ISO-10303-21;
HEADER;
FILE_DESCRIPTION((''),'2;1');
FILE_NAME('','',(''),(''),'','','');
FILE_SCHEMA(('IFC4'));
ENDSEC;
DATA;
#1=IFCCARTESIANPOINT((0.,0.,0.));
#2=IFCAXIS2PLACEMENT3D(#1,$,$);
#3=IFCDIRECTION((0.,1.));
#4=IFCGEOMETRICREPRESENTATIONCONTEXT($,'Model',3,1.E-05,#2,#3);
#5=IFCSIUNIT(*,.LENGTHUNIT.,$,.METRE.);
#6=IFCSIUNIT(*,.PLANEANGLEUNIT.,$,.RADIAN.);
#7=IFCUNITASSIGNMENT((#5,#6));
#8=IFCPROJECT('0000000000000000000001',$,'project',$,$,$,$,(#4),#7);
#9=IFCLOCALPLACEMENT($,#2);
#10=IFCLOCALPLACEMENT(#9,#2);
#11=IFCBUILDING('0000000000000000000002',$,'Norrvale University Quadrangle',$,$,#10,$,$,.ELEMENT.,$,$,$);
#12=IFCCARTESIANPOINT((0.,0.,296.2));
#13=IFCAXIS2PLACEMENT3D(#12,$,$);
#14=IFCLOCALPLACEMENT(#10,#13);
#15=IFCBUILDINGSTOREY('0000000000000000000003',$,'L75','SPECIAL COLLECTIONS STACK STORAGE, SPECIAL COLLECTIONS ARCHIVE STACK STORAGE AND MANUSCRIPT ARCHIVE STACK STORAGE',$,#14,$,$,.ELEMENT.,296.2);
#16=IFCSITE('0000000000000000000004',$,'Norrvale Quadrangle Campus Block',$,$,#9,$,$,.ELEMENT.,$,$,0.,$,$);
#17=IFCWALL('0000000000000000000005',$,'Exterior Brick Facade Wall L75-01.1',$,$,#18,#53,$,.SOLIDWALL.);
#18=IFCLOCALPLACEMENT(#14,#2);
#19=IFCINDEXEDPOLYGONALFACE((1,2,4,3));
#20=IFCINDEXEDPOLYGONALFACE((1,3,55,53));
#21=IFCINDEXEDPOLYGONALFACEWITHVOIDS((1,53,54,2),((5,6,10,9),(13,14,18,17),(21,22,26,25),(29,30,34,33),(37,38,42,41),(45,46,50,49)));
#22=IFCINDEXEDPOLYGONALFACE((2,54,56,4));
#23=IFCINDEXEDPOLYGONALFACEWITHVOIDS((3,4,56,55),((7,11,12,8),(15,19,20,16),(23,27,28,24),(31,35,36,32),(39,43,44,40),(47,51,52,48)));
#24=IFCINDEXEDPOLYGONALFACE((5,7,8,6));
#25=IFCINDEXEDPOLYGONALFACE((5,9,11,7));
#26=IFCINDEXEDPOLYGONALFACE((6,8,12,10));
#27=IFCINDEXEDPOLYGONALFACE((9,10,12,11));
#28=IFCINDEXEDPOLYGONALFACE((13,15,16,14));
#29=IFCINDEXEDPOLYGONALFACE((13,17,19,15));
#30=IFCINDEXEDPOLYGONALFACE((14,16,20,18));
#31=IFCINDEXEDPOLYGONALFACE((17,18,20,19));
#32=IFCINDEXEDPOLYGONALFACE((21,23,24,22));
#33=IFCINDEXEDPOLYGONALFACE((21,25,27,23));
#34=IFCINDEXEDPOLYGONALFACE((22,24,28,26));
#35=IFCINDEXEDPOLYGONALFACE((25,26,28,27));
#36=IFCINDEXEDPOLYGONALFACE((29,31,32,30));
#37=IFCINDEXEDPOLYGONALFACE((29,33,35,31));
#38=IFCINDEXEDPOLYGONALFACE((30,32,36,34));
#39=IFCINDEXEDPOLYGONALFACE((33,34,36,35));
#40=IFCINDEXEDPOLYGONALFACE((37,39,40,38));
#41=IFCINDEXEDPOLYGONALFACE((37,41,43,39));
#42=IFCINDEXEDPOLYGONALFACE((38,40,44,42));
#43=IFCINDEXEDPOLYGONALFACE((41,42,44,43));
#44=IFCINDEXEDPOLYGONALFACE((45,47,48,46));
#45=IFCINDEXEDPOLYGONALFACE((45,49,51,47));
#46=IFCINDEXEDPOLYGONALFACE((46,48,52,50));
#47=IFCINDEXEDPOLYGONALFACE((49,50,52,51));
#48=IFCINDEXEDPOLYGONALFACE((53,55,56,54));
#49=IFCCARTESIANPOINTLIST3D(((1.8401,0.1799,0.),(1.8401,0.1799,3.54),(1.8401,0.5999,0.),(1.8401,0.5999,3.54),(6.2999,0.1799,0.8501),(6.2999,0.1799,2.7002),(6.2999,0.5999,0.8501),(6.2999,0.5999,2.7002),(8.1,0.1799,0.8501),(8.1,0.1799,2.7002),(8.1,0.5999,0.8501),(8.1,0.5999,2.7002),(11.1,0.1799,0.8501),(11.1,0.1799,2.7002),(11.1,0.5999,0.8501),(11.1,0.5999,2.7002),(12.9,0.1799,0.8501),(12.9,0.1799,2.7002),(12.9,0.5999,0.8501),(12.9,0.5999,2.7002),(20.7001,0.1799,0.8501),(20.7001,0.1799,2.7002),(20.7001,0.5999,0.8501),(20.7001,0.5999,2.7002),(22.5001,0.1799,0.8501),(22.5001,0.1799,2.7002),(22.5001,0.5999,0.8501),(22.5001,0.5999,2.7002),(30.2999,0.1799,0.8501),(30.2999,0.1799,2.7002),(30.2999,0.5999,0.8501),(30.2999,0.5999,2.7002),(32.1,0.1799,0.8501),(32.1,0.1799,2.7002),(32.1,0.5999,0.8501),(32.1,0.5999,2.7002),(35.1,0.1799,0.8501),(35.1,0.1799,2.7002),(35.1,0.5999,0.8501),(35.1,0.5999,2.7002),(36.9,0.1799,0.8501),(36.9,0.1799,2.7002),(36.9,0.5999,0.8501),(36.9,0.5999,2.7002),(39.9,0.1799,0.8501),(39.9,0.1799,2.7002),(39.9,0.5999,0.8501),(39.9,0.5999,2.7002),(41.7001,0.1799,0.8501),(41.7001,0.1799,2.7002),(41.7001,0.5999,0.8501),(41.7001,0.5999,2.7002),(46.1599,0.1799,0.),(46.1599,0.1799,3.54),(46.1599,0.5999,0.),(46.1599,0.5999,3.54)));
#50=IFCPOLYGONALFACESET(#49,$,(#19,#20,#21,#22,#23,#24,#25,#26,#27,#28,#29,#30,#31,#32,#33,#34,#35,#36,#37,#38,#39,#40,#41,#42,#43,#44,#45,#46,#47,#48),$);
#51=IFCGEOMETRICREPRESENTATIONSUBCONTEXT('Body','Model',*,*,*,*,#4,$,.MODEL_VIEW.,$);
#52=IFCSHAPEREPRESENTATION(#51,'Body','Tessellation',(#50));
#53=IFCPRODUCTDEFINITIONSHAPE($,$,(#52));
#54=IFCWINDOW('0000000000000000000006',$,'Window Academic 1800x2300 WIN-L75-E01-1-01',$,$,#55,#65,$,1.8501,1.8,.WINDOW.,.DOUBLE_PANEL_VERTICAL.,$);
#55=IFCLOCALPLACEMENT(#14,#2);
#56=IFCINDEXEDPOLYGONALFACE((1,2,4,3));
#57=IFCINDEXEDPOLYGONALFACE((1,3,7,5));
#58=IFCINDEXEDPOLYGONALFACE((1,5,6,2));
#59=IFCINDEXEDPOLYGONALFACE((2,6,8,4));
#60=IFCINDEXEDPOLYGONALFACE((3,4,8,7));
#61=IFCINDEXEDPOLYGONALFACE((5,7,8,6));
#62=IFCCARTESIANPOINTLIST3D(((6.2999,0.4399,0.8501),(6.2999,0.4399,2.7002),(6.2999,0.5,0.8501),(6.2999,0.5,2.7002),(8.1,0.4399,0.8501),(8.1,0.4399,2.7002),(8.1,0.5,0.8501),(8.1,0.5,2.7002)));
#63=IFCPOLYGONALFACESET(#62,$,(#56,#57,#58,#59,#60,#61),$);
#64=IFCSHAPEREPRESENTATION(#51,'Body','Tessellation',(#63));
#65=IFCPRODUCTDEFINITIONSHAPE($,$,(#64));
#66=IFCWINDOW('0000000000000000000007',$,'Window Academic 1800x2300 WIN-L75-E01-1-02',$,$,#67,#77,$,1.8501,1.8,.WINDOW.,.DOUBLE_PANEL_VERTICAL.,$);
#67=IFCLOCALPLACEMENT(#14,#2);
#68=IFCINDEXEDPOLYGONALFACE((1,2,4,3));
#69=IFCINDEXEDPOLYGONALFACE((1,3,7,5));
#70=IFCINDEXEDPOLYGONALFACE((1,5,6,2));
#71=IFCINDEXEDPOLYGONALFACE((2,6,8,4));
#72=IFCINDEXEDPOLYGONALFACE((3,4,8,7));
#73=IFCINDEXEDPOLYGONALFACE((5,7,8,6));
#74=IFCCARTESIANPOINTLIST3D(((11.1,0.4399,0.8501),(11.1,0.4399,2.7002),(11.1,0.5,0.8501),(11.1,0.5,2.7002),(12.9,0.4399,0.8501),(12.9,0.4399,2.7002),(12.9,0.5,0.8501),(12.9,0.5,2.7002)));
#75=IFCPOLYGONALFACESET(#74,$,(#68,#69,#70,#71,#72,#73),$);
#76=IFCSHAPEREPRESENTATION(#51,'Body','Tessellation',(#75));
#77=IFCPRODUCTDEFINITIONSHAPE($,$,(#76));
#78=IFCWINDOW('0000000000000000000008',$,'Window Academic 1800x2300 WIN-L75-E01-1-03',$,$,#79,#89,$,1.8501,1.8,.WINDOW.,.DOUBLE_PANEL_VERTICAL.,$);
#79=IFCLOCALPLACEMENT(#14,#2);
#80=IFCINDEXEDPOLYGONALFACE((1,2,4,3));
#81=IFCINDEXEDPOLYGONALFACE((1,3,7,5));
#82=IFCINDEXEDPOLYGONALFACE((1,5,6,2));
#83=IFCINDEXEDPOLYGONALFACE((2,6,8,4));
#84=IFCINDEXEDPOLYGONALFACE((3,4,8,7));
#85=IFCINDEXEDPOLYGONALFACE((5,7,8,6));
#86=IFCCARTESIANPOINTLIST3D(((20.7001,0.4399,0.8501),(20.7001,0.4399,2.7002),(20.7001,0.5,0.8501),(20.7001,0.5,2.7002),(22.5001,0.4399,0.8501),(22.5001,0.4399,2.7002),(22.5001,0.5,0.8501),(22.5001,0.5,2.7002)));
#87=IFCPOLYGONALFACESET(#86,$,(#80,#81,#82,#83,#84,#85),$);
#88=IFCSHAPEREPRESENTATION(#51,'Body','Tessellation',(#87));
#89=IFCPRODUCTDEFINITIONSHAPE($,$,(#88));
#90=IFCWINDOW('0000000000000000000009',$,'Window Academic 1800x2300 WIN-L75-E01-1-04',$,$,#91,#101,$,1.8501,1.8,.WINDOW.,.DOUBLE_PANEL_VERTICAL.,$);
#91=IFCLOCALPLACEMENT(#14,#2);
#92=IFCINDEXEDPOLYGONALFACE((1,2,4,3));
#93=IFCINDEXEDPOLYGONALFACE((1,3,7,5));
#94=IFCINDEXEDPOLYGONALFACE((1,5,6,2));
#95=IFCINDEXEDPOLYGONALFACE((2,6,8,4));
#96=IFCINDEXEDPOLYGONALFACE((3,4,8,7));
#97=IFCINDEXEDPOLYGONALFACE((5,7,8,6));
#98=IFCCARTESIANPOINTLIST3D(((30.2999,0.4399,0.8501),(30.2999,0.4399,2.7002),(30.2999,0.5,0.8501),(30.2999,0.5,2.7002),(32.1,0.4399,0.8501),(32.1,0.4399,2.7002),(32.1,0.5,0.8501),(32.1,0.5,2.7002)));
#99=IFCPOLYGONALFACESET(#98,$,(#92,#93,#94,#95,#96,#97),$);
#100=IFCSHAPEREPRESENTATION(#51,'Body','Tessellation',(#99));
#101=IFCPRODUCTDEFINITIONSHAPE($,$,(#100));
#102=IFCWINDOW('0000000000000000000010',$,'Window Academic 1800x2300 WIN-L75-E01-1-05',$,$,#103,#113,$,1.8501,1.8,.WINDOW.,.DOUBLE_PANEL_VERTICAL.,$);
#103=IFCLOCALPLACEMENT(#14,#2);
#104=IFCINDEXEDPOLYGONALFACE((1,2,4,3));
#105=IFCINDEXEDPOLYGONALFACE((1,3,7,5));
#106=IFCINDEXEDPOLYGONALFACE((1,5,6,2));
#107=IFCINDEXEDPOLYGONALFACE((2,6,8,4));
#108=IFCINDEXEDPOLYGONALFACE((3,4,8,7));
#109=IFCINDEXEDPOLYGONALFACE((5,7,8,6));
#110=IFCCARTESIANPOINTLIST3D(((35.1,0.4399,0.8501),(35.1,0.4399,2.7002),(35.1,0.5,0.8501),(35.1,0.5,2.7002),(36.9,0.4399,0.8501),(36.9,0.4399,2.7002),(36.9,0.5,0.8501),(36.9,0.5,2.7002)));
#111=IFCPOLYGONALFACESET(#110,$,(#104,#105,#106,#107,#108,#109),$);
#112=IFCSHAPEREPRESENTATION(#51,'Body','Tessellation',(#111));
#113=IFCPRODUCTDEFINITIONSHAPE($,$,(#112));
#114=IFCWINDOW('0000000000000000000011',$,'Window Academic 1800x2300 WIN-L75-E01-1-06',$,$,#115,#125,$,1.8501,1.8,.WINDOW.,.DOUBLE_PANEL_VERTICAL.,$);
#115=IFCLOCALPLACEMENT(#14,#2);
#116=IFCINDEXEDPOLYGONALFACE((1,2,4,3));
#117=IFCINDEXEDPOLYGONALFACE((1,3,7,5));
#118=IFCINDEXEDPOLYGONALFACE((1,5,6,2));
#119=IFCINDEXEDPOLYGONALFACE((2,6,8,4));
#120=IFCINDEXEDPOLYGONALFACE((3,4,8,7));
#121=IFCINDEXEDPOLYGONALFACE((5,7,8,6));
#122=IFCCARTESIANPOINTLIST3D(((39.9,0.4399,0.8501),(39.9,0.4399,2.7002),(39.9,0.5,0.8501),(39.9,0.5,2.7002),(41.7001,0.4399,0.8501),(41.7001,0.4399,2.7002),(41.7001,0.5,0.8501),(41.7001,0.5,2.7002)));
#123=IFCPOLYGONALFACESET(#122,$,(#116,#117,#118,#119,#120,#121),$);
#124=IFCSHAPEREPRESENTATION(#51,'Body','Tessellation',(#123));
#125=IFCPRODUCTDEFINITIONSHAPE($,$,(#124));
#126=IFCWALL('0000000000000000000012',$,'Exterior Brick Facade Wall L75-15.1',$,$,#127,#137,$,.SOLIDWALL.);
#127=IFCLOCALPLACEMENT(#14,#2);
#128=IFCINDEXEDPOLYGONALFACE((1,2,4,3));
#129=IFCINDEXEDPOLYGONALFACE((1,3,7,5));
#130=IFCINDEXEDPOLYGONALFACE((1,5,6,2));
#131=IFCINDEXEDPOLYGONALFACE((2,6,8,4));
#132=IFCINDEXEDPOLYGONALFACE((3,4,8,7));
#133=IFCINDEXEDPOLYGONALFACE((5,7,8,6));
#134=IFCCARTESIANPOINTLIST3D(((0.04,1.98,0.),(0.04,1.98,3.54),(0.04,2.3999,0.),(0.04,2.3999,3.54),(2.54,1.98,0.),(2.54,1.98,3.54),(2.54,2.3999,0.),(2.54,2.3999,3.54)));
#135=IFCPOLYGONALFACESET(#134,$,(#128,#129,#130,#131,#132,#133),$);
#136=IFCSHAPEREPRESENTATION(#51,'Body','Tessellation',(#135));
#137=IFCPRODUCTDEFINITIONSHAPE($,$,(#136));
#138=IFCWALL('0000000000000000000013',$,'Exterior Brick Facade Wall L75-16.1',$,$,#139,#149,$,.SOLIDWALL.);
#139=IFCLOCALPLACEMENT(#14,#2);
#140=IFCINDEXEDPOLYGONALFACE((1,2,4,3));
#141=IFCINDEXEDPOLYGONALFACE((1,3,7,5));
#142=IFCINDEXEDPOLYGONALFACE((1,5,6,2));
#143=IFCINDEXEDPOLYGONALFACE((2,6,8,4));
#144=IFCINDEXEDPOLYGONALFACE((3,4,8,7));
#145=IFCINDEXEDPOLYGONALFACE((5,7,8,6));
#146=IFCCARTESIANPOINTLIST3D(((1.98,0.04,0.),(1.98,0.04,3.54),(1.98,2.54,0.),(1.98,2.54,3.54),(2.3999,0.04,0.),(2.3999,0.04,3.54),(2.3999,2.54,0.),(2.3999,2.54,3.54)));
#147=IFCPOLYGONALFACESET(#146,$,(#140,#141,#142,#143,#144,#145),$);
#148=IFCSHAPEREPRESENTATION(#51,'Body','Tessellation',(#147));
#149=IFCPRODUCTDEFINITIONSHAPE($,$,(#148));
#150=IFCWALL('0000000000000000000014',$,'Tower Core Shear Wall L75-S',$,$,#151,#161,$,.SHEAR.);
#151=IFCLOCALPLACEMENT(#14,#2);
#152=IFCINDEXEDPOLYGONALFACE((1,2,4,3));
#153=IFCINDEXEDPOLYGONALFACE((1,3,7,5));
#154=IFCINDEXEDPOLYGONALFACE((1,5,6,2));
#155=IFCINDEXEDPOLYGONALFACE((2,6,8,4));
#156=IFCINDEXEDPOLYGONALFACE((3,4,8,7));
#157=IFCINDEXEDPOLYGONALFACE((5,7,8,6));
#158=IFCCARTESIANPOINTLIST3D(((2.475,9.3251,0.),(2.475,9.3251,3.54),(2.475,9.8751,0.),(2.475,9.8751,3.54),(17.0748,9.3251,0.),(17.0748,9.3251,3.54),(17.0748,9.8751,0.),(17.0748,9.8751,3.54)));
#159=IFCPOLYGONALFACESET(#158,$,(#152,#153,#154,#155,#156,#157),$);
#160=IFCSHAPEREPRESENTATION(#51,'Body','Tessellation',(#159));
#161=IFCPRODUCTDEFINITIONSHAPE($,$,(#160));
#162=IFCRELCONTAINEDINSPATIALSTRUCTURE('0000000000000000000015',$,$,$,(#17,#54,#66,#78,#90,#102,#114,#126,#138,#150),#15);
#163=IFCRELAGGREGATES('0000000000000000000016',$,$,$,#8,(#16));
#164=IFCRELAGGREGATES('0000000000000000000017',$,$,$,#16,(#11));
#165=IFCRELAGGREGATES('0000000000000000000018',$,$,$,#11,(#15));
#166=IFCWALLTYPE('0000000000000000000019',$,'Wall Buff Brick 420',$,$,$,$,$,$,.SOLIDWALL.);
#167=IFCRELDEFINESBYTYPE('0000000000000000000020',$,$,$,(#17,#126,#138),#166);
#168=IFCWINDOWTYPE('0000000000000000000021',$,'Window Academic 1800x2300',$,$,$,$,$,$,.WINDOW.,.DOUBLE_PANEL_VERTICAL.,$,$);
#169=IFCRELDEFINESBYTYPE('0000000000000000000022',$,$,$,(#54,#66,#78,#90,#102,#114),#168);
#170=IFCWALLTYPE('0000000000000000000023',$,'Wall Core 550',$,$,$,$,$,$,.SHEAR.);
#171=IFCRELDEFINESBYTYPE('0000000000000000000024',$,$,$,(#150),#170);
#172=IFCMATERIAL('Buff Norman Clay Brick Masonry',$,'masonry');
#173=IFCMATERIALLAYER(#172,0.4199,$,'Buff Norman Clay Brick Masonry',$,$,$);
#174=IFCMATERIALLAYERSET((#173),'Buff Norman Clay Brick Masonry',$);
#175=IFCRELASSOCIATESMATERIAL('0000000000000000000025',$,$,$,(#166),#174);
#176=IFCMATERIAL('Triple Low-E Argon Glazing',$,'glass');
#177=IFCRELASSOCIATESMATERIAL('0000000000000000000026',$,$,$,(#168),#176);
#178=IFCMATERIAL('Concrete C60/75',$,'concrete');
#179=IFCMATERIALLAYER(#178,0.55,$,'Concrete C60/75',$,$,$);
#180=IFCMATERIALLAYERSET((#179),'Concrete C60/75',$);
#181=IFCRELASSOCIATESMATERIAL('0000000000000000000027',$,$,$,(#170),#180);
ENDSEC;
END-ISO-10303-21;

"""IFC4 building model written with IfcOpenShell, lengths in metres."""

from ifc_helpers import new_model, si_unit, direction, frame, frame_2d, origin, place, context, subcontext, project, spatial, rectangle, extrude, material, layer, layer_set, type_object, element, fill, save


model = new_model("IFC4")

# Units and contexts
model_context = context("Model", 3, precision=1e-05, world=origin(), true_north=direction((0.0, 1.0)))
body_context = subcontext(model_context, "Body", "Model", "MODEL_VIEW")
ifc_project = project(units=[si_unit("LENGTHUNIT", "METRE"), si_unit("PLANEANGLEUNIT", "RADIAN")], contexts=[model_context])

# Site, building, storey
site_placement = place(None, origin())
site = spatial("IfcSite", under=ifc_project, at=site_placement, Name="Norrvale Quadrangle Campus Block", CompositionType="ELEMENT", RefElevation=0.0)
building_placement = place(site_placement, origin())
building = spatial("IfcBuilding", under=site, at=building_placement, Name="Norrvale University Quadrangle", CompositionType="ELEMENT")
storey_placement = place(building_placement, frame((0.0, 0.0, 296.2)))
storey = spatial("IfcBuildingStorey", under=building, at=storey_placement, Name="L75", Description="SPECIAL COLLECTIONS STACK STORAGE, SPECIAL COLLECTIONS ARCHIVE STACK STORAGE AND MANUSCRIPT ARCHIVE STACK STORAGE", CompositionType="ELEMENT", Elevation=296.2)

# Shared definitions
ifc_material_1 = material(Name="Concrete C60/75", Category="concrete")

# Wall, openings, windows
ifc_material_2 = material(Name="Buff Norman Clay Brick Masonry", Category="masonry")
ifc_layer_1 = layer(ifc_material_2, 0.4199, Name="Buff Norman Clay Brick Masonry")
ifc_layer_set_1 = layer_set([ifc_layer_1], Name="Buff Norman Clay Brick Masonry")
wall_type_1 = type_object("IfcWallType", Name="Wall Buff Brick 420", PredefinedType="SOLIDWALL", material=ifc_layer_set_1)
wall_1_placement = place(storey_placement, frame((1.8401, 0.3899, 0.0), z_axis=(0.0, 0.0, 1.0), x_axis=(1.0, 0.0, 0.0)))
wall_1 = element("IfcWall", 1, at=wall_1_placement, inside=storey, type_object=wall_type_1, Name="Exterior Brick Facade Wall L75-01.1", PredefinedType="SOLIDWALL", context=body_context, shape_type="SweptSolid", body=[
    extrude(rectangle(XDim=44.3198, YDim=0.4199, at=frame_2d((22.1599, 0.0))), origin(), (0.0, 0.0, 1.0), 3.54),
])
opening_1_placement = place(wall_1_placement, frame((4.46, 0.0, 0.8501)))
opening_1 = element("IfcOpeningElement", 2, at=opening_1_placement, cuts=wall_1, PredefinedType="OPENING", context=body_context, shape_type="SweptSolid", body=[
    extrude(rectangle(XDim=1.8, YDim=1.8501, at=frame_2d((0.8999, 0.925))), frame((0.0, 0.2219, 0.0), z_axis=(0.0, -1.0, 0.0), x_axis=(1.0, 0.0, 0.0)), (0.0, 0.0, 1.0), 0.4438),
])
opening_2_placement = place(wall_1_placement, frame((9.26, 0.0, 0.8501)))
opening_2 = element("IfcOpeningElement", 3, at=opening_2_placement, cuts=wall_1, PredefinedType="OPENING", context=body_context, shape_type="SweptSolid", body=[
    extrude(rectangle(XDim=1.8, YDim=1.8501, at=frame_2d((0.8999, 0.925))), frame((0.0, 0.2219, 0.0), z_axis=(0.0, -1.0, 0.0), x_axis=(1.0, 0.0, 0.0)), (0.0, 0.0, 1.0), 0.4438),
])
opening_3_placement = place(wall_1_placement, frame((18.8601, 0.0, 0.8501)))
opening_3 = element("IfcOpeningElement", 4, at=opening_3_placement, cuts=wall_1, PredefinedType="OPENING", context=body_context, shape_type="SweptSolid", body=[
    extrude(rectangle(XDim=1.8, YDim=1.8501, at=frame_2d((0.8999, 0.925))), frame((0.0, 0.2219, 0.0), z_axis=(0.0, -1.0, 0.0), x_axis=(1.0, 0.0, 0.0)), (0.0, 0.0, 1.0), 0.4438),
])
opening_4_placement = place(wall_1_placement, frame((28.46, 0.0, 0.8501)))
opening_4 = element("IfcOpeningElement", 5, at=opening_4_placement, cuts=wall_1, PredefinedType="OPENING", context=body_context, shape_type="SweptSolid", body=[
    extrude(rectangle(XDim=1.8, YDim=1.8501, at=frame_2d((0.8999, 0.925))), frame((0.0, 0.2219, 0.0), z_axis=(0.0, -1.0, 0.0), x_axis=(1.0, 0.0, 0.0)), (0.0, 0.0, 1.0), 0.4438),
])
opening_5_placement = place(wall_1_placement, frame((33.26, 0.0, 0.8501)))
opening_5 = element("IfcOpeningElement", 6, at=opening_5_placement, cuts=wall_1, PredefinedType="OPENING", context=body_context, shape_type="SweptSolid", body=[
    extrude(rectangle(XDim=1.8, YDim=1.8501, at=frame_2d((0.8999, 0.925))), frame((0.0, 0.2219, 0.0), z_axis=(0.0, -1.0, 0.0), x_axis=(1.0, 0.0, 0.0)), (0.0, 0.0, 1.0), 0.4438),
])
opening_6_placement = place(wall_1_placement, frame((38.0601, 0.0, 0.8501)))
opening_6 = element("IfcOpeningElement", 7, at=opening_6_placement, cuts=wall_1, PredefinedType="OPENING", context=body_context, shape_type="SweptSolid", body=[
    extrude(rectangle(XDim=1.8, YDim=1.8501, at=frame_2d((0.8999, 0.925))), frame((0.0, 0.2219, 0.0), z_axis=(0.0, -1.0, 0.0), x_axis=(1.0, 0.0, 0.0)), (0.0, 0.0, 1.0), 0.4438),
])
ifc_material_3 = material(Name="Triple Low-E Argon Glazing", Category="glass")
window_type = type_object("IfcWindowType", Name="Window Academic 1800x2300", PartitioningType="DOUBLE_PANEL_VERTICAL", PredefinedType="WINDOW", material=ifc_material_3)
window_1_placement = place(opening_1_placement, origin())
window_1 = element("IfcWindow", 8, at=window_1_placement, inside=storey, type_object=window_type, Name="Window Academic 1800x2300 WIN-L75-E01-1-01", OverallHeight=1.8501, OverallWidth=1.8, PartitioningType="DOUBLE_PANEL_VERTICAL", PredefinedType="WINDOW", context=body_context, shape_type="SweptSolid", body=[
    extrude(rectangle(XDim=1.8, YDim=1.8501, at=frame_2d((0.8999, 0.925))), frame((0.0, 0.1101, 0.0), z_axis=(0.0, -1.0, 0.0), x_axis=(1.0, 0.0, 0.0)), (0.0, 0.0, 1.0), 0.0601),
])
fill(opening_1, window_1)
window_2_placement = place(opening_2_placement, origin())
window_2 = element("IfcWindow", 9, at=window_2_placement, inside=storey, type_object=window_type, Name="Window Academic 1800x2300 WIN-L75-E01-1-02", OverallHeight=1.8501, OverallWidth=1.8, PartitioningType="DOUBLE_PANEL_VERTICAL", PredefinedType="WINDOW", context=body_context, shape_type="SweptSolid", body=[
    extrude(rectangle(XDim=1.8, YDim=1.8501, at=frame_2d((0.8999, 0.925))), frame((0.0, 0.1101, 0.0), z_axis=(0.0, -1.0, 0.0), x_axis=(1.0, 0.0, 0.0)), (0.0, 0.0, 1.0), 0.0601),
])
fill(opening_2, window_2)
window_3_placement = place(opening_3_placement, origin())
window_3 = element("IfcWindow", 10, at=window_3_placement, inside=storey, type_object=window_type, Name="Window Academic 1800x2300 WIN-L75-E01-1-03", OverallHeight=1.8501, OverallWidth=1.8, PartitioningType="DOUBLE_PANEL_VERTICAL", PredefinedType="WINDOW", context=body_context, shape_type="SweptSolid", body=[
    extrude(rectangle(XDim=1.8, YDim=1.8501, at=frame_2d((0.8999, 0.925))), frame((0.0, 0.1101, 0.0), z_axis=(0.0, -1.0, 0.0), x_axis=(1.0, 0.0, 0.0)), (0.0, 0.0, 1.0), 0.0601),
])
fill(opening_3, window_3)
window_4_placement = place(opening_4_placement, origin())
window_4 = element("IfcWindow", 11, at=window_4_placement, inside=storey, type_object=window_type, Name="Window Academic 1800x2300 WIN-L75-E01-1-04", OverallHeight=1.8501, OverallWidth=1.8, PartitioningType="DOUBLE_PANEL_VERTICAL", PredefinedType="WINDOW", context=body_context, shape_type="SweptSolid", body=[
    extrude(rectangle(XDim=1.8, YDim=1.8501, at=frame_2d((0.8999, 0.925))), frame((0.0, 0.1101, 0.0), z_axis=(0.0, -1.0, 0.0), x_axis=(1.0, 0.0, 0.0)), (0.0, 0.0, 1.0), 0.0601),
])
fill(opening_4, window_4)
window_5_placement = place(opening_5_placement, origin())
window_5 = element("IfcWindow", 12, at=window_5_placement, inside=storey, type_object=window_type, Name="Window Academic 1800x2300 WIN-L75-E01-1-05", OverallHeight=1.8501, OverallWidth=1.8, PartitioningType="DOUBLE_PANEL_VERTICAL", PredefinedType="WINDOW", context=body_context, shape_type="SweptSolid", body=[
    extrude(rectangle(XDim=1.8, YDim=1.8501, at=frame_2d((0.8999, 0.925))), frame((0.0, 0.1101, 0.0), z_axis=(0.0, -1.0, 0.0), x_axis=(1.0, 0.0, 0.0)), (0.0, 0.0, 1.0), 0.0601),
])
fill(opening_5, window_5)
window_6_placement = place(opening_6_placement, origin())
window_6 = element("IfcWindow", 13, at=window_6_placement, inside=storey, type_object=window_type, Name="Window Academic 1800x2300 WIN-L75-E01-1-06", OverallHeight=1.8501, OverallWidth=1.8, PartitioningType="DOUBLE_PANEL_VERTICAL", PredefinedType="WINDOW", context=body_context, shape_type="SweptSolid", body=[
    extrude(rectangle(XDim=1.8, YDim=1.8501, at=frame_2d((0.8999, 0.925))), frame((0.0, 0.1101, 0.0), z_axis=(0.0, -1.0, 0.0), x_axis=(1.0, 0.0, 0.0)), (0.0, 0.0, 1.0), 0.0601),
])
fill(opening_6, window_6)

# Walls
for number, where, z_axis, x_axis, name in (
    (14, (0.04, 2.1899, 0.0), (0.0, 0.0, 1.0), (1.0, 0.0, 0.0), "Exterior Brick Facade Wall L75-15.1"),
    (15, (2.1899, 2.54, 0.0), (0.0, 0.0, 1.0), (0.0, -1.0, 0.0), "Exterior Brick Facade Wall L75-16.1"),
):
    element("IfcWall", number, at=place(storey_placement, frame(where, z_axis=z_axis, x_axis=x_axis)), inside=storey, type_object=wall_type_1, Name=name, PredefinedType="SOLIDWALL", context=body_context, shape_type="SweptSolid", body=[
        extrude(rectangle(XDim=2.5, YDim=0.4199, at=frame_2d((1.25, 0.0))), origin(), (0.0, 0.0, 1.0), 3.54),
    ])
ifc_layer_2 = layer(ifc_material_1, 0.55, Name="Concrete C60/75")
ifc_layer_set_2 = layer_set([ifc_layer_2], Name="Concrete C60/75")
wall_type_2 = type_object("IfcWallType", Name="Wall Core 550", PredefinedType="SHEAR", material=ifc_layer_set_2)
wall_2_placement = place(storey_placement, frame((2.4751, 9.6001, 0.0), z_axis=(0.0, 0.0, 1.0), x_axis=(1.0, 0.0, 0.0)))
element("IfcWall", 16, at=wall_2_placement, inside=storey, type_object=wall_type_2, Name="Tower Core Shear Wall L75-S", PredefinedType="SHEAR", context=body_context, shape_type="SweptSolid", body=[
    extrude(rectangle(XDim=14.5999, YDim=0.55, at=frame_2d((7.2998, 0.0))), origin(), (0.0, 0.0, 1.0), 3.54),
])

save(model, "model.ifc")
